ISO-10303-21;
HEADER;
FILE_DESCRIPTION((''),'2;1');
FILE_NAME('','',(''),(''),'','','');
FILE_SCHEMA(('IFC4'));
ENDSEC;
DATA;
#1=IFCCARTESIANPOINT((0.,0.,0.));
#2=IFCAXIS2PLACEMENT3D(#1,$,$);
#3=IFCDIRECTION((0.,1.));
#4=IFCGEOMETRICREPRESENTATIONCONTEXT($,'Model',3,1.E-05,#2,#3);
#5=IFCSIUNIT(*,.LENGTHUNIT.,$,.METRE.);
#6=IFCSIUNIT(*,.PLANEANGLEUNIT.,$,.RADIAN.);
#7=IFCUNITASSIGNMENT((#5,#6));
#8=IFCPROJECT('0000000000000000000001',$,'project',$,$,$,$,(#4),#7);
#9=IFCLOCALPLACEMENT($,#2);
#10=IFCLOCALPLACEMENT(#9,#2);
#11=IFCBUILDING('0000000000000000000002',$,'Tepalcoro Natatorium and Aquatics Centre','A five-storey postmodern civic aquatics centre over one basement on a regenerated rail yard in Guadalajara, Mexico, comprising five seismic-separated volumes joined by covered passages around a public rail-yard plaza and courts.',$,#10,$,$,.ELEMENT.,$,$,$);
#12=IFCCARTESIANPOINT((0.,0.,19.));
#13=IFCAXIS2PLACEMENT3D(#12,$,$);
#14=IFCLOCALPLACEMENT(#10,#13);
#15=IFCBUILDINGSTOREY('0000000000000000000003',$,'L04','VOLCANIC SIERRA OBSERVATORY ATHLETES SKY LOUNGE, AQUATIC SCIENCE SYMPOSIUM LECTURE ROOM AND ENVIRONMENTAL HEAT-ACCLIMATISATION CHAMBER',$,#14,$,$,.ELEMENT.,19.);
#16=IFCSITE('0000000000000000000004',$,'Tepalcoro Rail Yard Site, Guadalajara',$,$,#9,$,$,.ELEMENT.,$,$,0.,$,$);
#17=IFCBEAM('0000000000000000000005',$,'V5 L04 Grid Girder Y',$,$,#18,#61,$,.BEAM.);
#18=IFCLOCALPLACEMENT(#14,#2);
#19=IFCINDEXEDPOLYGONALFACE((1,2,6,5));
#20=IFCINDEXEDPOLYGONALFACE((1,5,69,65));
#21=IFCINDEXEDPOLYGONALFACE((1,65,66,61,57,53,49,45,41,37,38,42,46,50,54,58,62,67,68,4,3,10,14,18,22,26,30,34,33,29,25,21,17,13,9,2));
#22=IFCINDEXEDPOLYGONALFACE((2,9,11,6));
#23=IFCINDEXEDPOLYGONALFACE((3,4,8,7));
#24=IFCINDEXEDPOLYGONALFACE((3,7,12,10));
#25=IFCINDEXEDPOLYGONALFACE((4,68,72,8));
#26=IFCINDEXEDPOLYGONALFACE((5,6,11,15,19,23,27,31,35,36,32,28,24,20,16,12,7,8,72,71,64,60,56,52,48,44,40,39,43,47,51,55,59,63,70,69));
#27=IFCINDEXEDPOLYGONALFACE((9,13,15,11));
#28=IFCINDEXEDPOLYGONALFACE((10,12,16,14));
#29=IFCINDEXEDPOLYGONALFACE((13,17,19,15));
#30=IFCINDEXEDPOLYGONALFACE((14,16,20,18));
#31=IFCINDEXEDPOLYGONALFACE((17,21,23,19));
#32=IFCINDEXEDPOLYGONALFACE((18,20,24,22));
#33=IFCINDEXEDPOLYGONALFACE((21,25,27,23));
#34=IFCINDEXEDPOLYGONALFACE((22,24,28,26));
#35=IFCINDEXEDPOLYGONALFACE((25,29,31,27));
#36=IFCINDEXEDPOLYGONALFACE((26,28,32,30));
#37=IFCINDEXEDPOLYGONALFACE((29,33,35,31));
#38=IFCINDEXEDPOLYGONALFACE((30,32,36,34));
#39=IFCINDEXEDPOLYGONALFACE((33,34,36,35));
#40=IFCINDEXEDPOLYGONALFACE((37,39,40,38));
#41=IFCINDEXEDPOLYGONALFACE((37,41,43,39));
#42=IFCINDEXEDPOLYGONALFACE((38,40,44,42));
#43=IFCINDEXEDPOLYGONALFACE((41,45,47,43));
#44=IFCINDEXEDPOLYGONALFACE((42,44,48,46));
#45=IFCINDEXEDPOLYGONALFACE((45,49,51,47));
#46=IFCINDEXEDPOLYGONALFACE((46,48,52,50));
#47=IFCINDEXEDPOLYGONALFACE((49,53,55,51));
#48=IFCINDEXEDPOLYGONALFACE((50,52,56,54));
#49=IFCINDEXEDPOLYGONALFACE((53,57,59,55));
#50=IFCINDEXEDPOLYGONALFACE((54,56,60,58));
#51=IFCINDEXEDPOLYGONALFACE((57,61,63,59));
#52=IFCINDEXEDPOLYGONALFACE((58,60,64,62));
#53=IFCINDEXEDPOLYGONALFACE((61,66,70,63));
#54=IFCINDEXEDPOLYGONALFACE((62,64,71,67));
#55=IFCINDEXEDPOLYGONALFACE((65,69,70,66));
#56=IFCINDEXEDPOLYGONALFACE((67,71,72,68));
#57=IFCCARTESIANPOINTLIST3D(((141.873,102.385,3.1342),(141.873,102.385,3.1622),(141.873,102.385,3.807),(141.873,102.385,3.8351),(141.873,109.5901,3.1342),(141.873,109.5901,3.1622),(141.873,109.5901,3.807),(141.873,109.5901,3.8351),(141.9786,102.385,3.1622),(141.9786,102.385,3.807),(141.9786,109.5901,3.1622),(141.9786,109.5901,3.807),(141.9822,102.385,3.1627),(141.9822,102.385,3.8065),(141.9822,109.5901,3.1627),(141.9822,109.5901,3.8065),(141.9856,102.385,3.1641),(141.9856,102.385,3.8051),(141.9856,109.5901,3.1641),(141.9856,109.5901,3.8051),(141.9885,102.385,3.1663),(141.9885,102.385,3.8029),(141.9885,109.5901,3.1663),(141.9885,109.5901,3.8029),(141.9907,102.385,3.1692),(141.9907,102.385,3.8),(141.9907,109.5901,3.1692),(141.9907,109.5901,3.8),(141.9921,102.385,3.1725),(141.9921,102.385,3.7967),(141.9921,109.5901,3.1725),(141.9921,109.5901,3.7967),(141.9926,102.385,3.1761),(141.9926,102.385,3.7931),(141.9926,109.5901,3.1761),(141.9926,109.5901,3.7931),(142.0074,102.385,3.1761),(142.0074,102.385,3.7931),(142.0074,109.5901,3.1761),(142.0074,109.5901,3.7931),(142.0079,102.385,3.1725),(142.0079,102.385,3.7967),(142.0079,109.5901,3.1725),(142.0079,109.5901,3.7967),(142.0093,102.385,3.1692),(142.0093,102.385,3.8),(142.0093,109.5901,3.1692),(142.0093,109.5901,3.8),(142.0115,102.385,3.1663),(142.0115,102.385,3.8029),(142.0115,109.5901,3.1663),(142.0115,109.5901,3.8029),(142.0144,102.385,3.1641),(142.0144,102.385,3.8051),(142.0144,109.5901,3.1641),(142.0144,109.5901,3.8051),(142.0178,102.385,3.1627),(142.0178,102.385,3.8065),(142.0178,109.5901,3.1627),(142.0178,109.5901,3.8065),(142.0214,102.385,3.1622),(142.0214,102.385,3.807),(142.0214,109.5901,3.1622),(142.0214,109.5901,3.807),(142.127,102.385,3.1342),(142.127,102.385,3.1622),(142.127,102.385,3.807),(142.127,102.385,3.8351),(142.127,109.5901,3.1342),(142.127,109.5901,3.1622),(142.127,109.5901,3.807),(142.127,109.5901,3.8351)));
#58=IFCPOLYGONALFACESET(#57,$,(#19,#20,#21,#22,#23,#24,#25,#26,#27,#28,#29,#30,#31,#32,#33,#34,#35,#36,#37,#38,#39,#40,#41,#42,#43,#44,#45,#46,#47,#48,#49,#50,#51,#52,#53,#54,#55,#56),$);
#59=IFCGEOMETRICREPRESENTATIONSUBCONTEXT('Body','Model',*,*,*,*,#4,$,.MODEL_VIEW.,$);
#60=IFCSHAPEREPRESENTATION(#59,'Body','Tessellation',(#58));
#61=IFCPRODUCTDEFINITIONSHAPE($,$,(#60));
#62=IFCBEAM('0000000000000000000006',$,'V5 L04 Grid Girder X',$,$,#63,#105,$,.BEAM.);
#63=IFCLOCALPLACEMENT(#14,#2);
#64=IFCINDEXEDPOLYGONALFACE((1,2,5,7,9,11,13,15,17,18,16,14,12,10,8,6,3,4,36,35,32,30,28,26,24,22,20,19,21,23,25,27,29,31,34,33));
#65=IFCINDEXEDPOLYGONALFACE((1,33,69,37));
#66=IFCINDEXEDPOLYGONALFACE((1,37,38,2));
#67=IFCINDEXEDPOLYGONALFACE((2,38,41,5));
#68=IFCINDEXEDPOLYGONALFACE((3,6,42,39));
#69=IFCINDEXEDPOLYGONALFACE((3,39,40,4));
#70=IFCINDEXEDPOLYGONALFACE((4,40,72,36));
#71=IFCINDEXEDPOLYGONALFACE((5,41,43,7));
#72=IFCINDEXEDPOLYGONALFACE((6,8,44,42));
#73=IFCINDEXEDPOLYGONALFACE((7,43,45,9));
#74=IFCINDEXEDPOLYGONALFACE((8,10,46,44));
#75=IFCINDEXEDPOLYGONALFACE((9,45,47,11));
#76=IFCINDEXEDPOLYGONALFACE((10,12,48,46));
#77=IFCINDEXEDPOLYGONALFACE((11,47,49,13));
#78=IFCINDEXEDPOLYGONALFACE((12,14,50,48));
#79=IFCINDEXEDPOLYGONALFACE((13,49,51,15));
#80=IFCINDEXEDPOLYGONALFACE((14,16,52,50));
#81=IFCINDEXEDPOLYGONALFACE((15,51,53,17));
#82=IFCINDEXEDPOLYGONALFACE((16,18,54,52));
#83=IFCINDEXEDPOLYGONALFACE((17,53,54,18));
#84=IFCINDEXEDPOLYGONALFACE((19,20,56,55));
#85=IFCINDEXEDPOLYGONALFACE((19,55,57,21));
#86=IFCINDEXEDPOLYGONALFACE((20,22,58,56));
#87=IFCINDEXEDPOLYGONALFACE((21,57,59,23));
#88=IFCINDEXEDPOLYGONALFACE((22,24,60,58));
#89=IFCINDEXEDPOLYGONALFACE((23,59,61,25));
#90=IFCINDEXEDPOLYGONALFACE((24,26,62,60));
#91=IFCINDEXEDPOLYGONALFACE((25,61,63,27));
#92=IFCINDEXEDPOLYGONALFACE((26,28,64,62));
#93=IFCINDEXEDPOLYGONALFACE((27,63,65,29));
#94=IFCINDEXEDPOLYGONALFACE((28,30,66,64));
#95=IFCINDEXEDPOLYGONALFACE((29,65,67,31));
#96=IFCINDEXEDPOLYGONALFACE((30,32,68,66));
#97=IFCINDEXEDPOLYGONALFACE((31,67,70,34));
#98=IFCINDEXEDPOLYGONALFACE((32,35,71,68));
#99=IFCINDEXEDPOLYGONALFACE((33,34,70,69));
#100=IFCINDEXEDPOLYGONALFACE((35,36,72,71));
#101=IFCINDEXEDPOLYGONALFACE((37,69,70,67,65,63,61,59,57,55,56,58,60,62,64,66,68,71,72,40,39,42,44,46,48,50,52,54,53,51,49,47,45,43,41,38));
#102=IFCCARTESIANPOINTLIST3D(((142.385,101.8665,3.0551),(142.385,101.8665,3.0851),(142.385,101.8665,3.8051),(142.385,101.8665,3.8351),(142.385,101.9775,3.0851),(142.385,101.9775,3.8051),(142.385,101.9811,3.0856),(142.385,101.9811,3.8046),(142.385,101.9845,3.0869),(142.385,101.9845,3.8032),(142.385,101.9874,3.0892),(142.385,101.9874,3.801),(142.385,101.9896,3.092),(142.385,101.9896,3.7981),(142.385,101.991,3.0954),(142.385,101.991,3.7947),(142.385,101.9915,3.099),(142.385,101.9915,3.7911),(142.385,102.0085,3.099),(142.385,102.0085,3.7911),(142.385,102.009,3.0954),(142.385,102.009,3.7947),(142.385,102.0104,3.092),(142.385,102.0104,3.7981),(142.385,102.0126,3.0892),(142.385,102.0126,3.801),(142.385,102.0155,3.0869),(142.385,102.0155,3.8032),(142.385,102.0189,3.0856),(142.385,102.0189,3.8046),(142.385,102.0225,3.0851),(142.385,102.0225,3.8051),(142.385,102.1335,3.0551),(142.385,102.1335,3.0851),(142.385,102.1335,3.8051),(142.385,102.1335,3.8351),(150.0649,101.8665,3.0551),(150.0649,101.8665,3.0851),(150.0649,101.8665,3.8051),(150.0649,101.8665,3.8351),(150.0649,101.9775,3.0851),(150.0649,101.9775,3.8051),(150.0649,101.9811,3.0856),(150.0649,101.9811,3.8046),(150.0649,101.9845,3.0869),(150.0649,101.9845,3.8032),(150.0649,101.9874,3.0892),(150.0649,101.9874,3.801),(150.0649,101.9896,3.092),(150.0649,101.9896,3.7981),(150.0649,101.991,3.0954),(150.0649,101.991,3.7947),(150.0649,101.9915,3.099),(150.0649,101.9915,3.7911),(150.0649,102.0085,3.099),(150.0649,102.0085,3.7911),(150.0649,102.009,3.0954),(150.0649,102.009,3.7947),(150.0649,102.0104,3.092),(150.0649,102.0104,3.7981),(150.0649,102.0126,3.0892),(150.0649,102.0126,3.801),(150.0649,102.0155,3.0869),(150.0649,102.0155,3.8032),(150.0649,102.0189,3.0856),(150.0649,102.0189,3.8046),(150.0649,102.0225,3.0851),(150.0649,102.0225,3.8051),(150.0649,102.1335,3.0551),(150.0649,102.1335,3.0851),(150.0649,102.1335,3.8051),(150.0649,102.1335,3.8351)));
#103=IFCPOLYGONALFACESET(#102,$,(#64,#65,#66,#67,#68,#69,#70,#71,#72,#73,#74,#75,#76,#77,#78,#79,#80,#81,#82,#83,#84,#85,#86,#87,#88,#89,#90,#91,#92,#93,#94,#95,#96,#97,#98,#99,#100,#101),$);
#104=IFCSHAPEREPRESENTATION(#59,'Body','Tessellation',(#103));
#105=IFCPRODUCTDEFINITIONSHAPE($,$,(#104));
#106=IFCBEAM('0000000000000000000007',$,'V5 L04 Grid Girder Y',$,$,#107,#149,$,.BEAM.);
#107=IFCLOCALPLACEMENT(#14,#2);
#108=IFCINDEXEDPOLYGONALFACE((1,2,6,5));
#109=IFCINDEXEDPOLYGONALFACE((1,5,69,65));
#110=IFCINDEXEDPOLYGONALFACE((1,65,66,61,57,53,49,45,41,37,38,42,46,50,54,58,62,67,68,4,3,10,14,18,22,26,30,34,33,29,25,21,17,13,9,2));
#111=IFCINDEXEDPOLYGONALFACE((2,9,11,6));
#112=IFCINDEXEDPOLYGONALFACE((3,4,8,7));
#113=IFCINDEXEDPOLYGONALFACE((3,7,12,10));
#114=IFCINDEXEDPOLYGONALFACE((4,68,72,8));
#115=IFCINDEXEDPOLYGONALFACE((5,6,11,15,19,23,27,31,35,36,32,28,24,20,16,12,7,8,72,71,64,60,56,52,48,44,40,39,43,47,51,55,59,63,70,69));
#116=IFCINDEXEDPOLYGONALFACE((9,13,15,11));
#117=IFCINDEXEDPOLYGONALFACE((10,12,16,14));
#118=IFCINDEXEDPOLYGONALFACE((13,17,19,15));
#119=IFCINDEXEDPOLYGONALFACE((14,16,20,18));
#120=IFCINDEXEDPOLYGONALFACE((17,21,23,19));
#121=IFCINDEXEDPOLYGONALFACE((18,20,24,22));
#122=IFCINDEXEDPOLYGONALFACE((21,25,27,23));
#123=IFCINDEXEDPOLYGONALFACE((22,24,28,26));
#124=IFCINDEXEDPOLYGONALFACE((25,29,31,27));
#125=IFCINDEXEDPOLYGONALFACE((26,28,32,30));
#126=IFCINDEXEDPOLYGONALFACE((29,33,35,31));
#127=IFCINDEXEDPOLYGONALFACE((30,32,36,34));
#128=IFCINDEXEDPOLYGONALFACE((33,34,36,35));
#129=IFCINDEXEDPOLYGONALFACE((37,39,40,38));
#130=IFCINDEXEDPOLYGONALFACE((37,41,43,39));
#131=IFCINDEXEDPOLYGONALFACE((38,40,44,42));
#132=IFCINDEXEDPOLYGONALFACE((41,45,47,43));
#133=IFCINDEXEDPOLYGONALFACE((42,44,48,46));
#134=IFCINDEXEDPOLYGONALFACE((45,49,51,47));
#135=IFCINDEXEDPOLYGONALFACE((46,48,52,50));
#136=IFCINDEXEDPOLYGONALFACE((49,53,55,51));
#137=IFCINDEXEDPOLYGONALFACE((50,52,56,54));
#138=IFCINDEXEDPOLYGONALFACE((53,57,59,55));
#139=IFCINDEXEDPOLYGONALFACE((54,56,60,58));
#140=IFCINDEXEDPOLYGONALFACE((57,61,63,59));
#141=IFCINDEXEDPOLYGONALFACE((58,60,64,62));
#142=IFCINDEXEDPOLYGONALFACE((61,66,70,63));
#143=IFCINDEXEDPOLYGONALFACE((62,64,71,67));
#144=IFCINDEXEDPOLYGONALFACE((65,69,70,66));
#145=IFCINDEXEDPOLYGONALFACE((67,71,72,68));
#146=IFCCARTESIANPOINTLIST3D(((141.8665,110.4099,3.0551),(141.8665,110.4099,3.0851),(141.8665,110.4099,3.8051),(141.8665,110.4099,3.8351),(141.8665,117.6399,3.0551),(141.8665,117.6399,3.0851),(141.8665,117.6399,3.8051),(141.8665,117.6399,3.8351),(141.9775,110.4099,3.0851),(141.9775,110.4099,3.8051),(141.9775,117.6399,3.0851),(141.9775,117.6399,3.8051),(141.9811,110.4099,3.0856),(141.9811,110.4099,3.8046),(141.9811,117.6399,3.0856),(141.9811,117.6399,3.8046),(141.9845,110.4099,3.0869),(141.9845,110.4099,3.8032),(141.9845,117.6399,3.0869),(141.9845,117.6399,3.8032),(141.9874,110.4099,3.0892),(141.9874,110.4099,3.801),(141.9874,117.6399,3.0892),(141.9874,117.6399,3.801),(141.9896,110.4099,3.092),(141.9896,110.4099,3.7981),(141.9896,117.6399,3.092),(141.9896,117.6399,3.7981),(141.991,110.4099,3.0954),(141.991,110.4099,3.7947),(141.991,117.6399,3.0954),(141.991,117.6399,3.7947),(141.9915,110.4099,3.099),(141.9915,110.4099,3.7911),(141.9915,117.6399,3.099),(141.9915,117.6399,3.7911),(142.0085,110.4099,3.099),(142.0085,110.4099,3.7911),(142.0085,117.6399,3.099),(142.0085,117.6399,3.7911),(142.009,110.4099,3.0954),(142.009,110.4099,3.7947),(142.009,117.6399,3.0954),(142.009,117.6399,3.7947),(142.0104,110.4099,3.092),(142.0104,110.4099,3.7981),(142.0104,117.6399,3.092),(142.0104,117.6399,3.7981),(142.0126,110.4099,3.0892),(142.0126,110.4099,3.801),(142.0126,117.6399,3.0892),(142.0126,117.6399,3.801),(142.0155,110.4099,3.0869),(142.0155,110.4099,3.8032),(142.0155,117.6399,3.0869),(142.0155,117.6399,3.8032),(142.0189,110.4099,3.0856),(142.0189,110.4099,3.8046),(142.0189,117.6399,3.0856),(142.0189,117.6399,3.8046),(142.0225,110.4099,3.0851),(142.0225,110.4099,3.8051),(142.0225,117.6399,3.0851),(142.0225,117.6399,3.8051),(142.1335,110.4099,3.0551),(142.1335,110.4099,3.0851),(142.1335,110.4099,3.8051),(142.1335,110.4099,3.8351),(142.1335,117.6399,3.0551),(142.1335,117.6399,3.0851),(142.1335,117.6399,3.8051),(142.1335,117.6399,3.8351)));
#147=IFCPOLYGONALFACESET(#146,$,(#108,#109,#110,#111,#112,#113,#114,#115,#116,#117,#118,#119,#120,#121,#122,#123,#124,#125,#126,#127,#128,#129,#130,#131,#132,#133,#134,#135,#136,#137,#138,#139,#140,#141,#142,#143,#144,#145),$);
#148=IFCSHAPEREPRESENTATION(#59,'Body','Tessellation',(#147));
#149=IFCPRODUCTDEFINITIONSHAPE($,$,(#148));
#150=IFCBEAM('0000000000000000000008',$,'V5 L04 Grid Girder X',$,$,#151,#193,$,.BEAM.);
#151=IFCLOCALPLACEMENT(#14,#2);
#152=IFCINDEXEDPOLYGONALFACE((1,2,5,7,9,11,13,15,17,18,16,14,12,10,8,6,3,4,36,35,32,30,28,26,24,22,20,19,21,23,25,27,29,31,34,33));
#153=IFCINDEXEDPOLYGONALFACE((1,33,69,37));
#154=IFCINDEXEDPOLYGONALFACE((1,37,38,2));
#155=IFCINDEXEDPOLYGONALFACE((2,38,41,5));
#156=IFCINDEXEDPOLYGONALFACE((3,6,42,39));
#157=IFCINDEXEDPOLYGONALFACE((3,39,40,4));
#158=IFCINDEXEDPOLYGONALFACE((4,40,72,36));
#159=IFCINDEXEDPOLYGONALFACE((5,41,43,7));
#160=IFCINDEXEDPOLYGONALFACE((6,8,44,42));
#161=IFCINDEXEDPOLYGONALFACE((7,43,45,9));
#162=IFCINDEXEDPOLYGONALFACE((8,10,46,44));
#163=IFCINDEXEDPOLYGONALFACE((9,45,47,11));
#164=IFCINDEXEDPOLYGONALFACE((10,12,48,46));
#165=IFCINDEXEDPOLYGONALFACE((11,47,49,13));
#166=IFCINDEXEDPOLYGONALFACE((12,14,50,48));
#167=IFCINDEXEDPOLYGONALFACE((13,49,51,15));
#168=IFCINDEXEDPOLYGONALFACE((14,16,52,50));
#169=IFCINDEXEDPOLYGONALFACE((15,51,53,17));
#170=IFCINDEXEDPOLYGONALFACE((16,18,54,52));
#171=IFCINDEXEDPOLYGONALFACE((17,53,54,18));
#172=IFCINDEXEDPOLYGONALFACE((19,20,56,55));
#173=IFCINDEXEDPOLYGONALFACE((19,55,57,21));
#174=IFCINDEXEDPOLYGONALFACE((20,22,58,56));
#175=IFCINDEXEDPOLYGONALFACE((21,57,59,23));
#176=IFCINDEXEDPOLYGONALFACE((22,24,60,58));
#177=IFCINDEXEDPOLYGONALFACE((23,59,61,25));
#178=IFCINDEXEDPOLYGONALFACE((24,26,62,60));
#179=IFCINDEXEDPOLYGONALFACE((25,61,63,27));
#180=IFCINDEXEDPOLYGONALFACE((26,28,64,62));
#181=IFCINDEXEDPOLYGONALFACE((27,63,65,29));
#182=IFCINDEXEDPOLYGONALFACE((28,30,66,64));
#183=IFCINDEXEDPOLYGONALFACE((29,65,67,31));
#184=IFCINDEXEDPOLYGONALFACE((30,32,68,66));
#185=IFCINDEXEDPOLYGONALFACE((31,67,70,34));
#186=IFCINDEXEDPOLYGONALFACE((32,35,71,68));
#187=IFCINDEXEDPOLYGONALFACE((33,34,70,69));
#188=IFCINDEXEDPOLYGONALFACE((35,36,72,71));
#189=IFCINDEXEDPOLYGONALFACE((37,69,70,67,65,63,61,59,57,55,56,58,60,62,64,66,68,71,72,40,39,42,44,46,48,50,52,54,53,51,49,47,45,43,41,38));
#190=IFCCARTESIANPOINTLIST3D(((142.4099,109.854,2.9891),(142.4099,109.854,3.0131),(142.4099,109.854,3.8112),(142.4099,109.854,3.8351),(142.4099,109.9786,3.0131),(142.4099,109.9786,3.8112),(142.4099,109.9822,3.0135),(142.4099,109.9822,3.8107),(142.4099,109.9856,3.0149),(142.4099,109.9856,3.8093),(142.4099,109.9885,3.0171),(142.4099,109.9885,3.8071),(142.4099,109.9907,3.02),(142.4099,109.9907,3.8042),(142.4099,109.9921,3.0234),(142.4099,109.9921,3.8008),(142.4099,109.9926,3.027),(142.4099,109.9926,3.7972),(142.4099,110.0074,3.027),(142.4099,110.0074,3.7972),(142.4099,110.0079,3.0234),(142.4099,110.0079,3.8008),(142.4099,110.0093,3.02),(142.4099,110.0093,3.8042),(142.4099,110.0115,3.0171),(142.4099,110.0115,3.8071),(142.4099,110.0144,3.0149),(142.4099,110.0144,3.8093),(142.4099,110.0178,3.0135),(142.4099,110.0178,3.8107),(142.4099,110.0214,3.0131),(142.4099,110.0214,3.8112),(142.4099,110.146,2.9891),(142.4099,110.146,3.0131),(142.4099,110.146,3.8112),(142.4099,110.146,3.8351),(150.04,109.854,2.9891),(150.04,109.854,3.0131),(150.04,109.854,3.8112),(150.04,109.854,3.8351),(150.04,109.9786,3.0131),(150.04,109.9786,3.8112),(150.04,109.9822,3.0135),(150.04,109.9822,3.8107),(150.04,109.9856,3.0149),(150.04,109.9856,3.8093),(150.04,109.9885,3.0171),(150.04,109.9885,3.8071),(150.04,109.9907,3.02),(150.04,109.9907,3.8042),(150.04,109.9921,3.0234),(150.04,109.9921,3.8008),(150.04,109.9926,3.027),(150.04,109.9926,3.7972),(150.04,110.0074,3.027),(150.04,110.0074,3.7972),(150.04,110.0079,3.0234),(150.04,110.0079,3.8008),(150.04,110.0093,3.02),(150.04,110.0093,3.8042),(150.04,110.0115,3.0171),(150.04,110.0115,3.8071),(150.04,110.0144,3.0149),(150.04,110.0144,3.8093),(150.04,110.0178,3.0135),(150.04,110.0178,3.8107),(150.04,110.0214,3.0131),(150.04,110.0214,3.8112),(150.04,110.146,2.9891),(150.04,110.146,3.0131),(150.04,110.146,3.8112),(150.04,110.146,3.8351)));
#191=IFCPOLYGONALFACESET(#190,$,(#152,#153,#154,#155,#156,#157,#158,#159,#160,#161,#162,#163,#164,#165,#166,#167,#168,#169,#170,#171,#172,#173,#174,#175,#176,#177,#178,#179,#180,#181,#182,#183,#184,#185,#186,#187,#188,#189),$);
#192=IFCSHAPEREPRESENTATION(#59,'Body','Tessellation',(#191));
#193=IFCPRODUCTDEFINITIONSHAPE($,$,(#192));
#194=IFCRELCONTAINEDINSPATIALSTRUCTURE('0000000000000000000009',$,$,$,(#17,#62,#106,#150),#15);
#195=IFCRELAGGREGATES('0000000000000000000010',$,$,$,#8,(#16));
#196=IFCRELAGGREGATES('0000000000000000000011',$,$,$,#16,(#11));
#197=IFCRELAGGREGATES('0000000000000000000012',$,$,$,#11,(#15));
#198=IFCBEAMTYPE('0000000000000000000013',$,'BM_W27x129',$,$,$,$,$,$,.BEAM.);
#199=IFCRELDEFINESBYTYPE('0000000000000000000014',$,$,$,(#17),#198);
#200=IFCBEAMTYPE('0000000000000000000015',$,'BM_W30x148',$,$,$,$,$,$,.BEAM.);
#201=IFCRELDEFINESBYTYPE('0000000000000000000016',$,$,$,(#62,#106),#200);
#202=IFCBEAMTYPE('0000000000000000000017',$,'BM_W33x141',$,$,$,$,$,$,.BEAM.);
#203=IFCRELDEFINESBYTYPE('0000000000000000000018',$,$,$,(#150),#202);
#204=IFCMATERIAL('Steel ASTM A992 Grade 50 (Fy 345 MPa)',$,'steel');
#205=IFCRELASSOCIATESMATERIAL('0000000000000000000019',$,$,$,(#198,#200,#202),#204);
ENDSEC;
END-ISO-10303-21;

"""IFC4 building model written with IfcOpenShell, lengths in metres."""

from ifc_helpers import new_model, si_unit, direction, frame, origin, origin_2d, place, context, subcontext, project, spatial, i_section, extrude, material, material_profile, profile_set, type_object, element, save


model = new_model("IFC4")

# Units and contexts
model_context = context("Model", 3, precision=1e-05, world=origin(), true_north=direction((0.0, 1.0)))
body_context = subcontext(model_context, "Body", "Model", "MODEL_VIEW")
ifc_project = project(units=[si_unit("LENGTHUNIT", "METRE"), si_unit("PLANEANGLEUNIT", "RADIAN")], contexts=[model_context])

# Site, building, storey
site_placement = place(None, origin())
site = spatial("IfcSite", under=ifc_project, at=site_placement, Name="Tepalcoro Rail Yard Site, Guadalajara", CompositionType="ELEMENT", RefElevation=0.0)
building_placement = place(site_placement, origin())
building = spatial("IfcBuilding", under=site, at=building_placement, Name="Tepalcoro Natatorium and Aquatics Centre", Description="A five-storey postmodern civic aquatics centre over one basement on a regenerated rail yard in Guadalajara, Mexico, comprising five seismic-separated volumes joined by covered passages around a public rail-yard plaza and courts.", CompositionType="ELEMENT")
storey_placement = place(building_placement, frame((0.0, 0.0, 19.0)))
storey = spatial("IfcBuildingStorey", under=building, at=storey_placement, Name="L04", Description="VOLCANIC SIERRA OBSERVATORY ATHLETES SKY LOUNGE, AQUATIC SCIENCE SYMPOSIUM LECTURE ROOM AND ENVIRONMENTAL HEAT-ACCLIMATISATION CHAMBER", CompositionType="ELEMENT", Elevation=19.0)

# Beams
ifc_material_1 = material(Name="Steel ASTM A992 Grade 50 (Fy 345 MPa)", Category="steel")
ifc_material_profile_1 = material_profile(ifc_material_1, i_section(OverallWidth=0.2539, OverallDepth=0.7009, WebThickness=0.0149, FlangeThickness=0.0281, FilletRadius=0.0139, at=origin_2d()), Name="W27X129")
ifc_profile_set_1 = profile_set([ifc_material_profile_1], Name="Steel ASTM A992 Grade 50 (Fy 345 MPa)")
beam_type_1 = type_object("IfcBeamType", Name="BM_W27x129", PredefinedType="BEAM", material=ifc_profile_set_1)
beam_1_placement = place(storey_placement, frame((142.0, 102.385, 3.4846), z_axis=(0.0, 1.0, 0.0), x_axis=(-1.0, 0.0, 0.0)))
element("IfcBeam", 1, at=beam_1_placement, inside=storey, type_object=beam_type_1, Name="V5 L04 Grid Girder Y", PredefinedType="BEAM", context=body_context, shape_type="SweptSolid", body=[
    extrude(i_section(OverallWidth=0.2539, OverallDepth=0.7009, WebThickness=0.0149, FlangeThickness=0.0281, FilletRadius=0.0139, at=origin_2d()), origin(), (0.0, 0.0, 1.0), 7.2051),
])
ifc_material_profile_2 = material_profile(ifc_material_1, i_section(OverallWidth=0.2671, OverallDepth=0.78, WebThickness=0.0171, FlangeThickness=0.03, FilletRadius=0.0139, at=origin_2d()), Name="W30X148")
ifc_profile_set_2 = profile_set([ifc_material_profile_2], Name="Steel ASTM A992 Grade 50 (Fy 345 MPa)")
beam_type_2 = type_object("IfcBeamType", Name="BM_W30x148", PredefinedType="BEAM", material=ifc_profile_set_2)
beam_2_placement = place(storey_placement, frame((142.385, 102.0, 3.4451), z_axis=(1.0, 0.0, 0.0), x_axis=(0.0, 1.0, 0.0)))
element("IfcBeam", 2, at=beam_2_placement, inside=storey, type_object=beam_type_2, Name="V5 L04 Grid Girder X", PredefinedType="BEAM", context=body_context, shape_type="SweptSolid", body=[
    extrude(i_section(OverallWidth=0.2671, OverallDepth=0.78, WebThickness=0.0171, FlangeThickness=0.03, FilletRadius=0.0139, at=origin_2d()), origin(), (0.0, 0.0, 1.0), 7.6799),
])
beam_3_placement = place(storey_placement, frame((142.0, 110.4099, 3.4451), z_axis=(0.0, 1.0, 0.0), x_axis=(-1.0, 0.0, 0.0)))
element("IfcBeam", 3, at=beam_3_placement, inside=storey, type_object=beam_type_2, Name="V5 L04 Grid Girder Y", PredefinedType="BEAM", context=body_context, shape_type="SweptSolid", body=[
    extrude(i_section(OverallWidth=0.2671, OverallDepth=0.78, WebThickness=0.0171, FlangeThickness=0.03, FilletRadius=0.0139, at=origin_2d()), origin(), (0.0, 0.0, 1.0), 7.23),
])
ifc_material_profile_3 = material_profile(ifc_material_1, i_section(OverallWidth=0.292, OverallDepth=0.8459, WebThickness=0.0149, FlangeThickness=0.0239, FilletRadius=0.0139, at=origin_2d()), Name="W33X141")
ifc_profile_set_3 = profile_set([ifc_material_profile_3], Name="Steel ASTM A992 Grade 50 (Fy 345 MPa)")
beam_type_3 = type_object("IfcBeamType", Name="BM_W33x141", PredefinedType="BEAM", material=ifc_profile_set_3)
beam_4_placement = place(storey_placement, frame((142.4099, 110.0, 3.4121), z_axis=(1.0, 0.0, 0.0), x_axis=(0.0, 1.0, 0.0)))
element("IfcBeam", 4, at=beam_4_placement, inside=storey, type_object=beam_type_3, Name="V5 L04 Grid Girder X", PredefinedType="BEAM", context=body_context, shape_type="SweptSolid", body=[
    extrude(i_section(OverallWidth=0.292, OverallDepth=0.8459, WebThickness=0.0149, FlangeThickness=0.0239, FilletRadius=0.0139, at=origin_2d()), origin(), (0.0, 0.0, 1.0), 7.6301),
])

save(model, "model.ifc")
